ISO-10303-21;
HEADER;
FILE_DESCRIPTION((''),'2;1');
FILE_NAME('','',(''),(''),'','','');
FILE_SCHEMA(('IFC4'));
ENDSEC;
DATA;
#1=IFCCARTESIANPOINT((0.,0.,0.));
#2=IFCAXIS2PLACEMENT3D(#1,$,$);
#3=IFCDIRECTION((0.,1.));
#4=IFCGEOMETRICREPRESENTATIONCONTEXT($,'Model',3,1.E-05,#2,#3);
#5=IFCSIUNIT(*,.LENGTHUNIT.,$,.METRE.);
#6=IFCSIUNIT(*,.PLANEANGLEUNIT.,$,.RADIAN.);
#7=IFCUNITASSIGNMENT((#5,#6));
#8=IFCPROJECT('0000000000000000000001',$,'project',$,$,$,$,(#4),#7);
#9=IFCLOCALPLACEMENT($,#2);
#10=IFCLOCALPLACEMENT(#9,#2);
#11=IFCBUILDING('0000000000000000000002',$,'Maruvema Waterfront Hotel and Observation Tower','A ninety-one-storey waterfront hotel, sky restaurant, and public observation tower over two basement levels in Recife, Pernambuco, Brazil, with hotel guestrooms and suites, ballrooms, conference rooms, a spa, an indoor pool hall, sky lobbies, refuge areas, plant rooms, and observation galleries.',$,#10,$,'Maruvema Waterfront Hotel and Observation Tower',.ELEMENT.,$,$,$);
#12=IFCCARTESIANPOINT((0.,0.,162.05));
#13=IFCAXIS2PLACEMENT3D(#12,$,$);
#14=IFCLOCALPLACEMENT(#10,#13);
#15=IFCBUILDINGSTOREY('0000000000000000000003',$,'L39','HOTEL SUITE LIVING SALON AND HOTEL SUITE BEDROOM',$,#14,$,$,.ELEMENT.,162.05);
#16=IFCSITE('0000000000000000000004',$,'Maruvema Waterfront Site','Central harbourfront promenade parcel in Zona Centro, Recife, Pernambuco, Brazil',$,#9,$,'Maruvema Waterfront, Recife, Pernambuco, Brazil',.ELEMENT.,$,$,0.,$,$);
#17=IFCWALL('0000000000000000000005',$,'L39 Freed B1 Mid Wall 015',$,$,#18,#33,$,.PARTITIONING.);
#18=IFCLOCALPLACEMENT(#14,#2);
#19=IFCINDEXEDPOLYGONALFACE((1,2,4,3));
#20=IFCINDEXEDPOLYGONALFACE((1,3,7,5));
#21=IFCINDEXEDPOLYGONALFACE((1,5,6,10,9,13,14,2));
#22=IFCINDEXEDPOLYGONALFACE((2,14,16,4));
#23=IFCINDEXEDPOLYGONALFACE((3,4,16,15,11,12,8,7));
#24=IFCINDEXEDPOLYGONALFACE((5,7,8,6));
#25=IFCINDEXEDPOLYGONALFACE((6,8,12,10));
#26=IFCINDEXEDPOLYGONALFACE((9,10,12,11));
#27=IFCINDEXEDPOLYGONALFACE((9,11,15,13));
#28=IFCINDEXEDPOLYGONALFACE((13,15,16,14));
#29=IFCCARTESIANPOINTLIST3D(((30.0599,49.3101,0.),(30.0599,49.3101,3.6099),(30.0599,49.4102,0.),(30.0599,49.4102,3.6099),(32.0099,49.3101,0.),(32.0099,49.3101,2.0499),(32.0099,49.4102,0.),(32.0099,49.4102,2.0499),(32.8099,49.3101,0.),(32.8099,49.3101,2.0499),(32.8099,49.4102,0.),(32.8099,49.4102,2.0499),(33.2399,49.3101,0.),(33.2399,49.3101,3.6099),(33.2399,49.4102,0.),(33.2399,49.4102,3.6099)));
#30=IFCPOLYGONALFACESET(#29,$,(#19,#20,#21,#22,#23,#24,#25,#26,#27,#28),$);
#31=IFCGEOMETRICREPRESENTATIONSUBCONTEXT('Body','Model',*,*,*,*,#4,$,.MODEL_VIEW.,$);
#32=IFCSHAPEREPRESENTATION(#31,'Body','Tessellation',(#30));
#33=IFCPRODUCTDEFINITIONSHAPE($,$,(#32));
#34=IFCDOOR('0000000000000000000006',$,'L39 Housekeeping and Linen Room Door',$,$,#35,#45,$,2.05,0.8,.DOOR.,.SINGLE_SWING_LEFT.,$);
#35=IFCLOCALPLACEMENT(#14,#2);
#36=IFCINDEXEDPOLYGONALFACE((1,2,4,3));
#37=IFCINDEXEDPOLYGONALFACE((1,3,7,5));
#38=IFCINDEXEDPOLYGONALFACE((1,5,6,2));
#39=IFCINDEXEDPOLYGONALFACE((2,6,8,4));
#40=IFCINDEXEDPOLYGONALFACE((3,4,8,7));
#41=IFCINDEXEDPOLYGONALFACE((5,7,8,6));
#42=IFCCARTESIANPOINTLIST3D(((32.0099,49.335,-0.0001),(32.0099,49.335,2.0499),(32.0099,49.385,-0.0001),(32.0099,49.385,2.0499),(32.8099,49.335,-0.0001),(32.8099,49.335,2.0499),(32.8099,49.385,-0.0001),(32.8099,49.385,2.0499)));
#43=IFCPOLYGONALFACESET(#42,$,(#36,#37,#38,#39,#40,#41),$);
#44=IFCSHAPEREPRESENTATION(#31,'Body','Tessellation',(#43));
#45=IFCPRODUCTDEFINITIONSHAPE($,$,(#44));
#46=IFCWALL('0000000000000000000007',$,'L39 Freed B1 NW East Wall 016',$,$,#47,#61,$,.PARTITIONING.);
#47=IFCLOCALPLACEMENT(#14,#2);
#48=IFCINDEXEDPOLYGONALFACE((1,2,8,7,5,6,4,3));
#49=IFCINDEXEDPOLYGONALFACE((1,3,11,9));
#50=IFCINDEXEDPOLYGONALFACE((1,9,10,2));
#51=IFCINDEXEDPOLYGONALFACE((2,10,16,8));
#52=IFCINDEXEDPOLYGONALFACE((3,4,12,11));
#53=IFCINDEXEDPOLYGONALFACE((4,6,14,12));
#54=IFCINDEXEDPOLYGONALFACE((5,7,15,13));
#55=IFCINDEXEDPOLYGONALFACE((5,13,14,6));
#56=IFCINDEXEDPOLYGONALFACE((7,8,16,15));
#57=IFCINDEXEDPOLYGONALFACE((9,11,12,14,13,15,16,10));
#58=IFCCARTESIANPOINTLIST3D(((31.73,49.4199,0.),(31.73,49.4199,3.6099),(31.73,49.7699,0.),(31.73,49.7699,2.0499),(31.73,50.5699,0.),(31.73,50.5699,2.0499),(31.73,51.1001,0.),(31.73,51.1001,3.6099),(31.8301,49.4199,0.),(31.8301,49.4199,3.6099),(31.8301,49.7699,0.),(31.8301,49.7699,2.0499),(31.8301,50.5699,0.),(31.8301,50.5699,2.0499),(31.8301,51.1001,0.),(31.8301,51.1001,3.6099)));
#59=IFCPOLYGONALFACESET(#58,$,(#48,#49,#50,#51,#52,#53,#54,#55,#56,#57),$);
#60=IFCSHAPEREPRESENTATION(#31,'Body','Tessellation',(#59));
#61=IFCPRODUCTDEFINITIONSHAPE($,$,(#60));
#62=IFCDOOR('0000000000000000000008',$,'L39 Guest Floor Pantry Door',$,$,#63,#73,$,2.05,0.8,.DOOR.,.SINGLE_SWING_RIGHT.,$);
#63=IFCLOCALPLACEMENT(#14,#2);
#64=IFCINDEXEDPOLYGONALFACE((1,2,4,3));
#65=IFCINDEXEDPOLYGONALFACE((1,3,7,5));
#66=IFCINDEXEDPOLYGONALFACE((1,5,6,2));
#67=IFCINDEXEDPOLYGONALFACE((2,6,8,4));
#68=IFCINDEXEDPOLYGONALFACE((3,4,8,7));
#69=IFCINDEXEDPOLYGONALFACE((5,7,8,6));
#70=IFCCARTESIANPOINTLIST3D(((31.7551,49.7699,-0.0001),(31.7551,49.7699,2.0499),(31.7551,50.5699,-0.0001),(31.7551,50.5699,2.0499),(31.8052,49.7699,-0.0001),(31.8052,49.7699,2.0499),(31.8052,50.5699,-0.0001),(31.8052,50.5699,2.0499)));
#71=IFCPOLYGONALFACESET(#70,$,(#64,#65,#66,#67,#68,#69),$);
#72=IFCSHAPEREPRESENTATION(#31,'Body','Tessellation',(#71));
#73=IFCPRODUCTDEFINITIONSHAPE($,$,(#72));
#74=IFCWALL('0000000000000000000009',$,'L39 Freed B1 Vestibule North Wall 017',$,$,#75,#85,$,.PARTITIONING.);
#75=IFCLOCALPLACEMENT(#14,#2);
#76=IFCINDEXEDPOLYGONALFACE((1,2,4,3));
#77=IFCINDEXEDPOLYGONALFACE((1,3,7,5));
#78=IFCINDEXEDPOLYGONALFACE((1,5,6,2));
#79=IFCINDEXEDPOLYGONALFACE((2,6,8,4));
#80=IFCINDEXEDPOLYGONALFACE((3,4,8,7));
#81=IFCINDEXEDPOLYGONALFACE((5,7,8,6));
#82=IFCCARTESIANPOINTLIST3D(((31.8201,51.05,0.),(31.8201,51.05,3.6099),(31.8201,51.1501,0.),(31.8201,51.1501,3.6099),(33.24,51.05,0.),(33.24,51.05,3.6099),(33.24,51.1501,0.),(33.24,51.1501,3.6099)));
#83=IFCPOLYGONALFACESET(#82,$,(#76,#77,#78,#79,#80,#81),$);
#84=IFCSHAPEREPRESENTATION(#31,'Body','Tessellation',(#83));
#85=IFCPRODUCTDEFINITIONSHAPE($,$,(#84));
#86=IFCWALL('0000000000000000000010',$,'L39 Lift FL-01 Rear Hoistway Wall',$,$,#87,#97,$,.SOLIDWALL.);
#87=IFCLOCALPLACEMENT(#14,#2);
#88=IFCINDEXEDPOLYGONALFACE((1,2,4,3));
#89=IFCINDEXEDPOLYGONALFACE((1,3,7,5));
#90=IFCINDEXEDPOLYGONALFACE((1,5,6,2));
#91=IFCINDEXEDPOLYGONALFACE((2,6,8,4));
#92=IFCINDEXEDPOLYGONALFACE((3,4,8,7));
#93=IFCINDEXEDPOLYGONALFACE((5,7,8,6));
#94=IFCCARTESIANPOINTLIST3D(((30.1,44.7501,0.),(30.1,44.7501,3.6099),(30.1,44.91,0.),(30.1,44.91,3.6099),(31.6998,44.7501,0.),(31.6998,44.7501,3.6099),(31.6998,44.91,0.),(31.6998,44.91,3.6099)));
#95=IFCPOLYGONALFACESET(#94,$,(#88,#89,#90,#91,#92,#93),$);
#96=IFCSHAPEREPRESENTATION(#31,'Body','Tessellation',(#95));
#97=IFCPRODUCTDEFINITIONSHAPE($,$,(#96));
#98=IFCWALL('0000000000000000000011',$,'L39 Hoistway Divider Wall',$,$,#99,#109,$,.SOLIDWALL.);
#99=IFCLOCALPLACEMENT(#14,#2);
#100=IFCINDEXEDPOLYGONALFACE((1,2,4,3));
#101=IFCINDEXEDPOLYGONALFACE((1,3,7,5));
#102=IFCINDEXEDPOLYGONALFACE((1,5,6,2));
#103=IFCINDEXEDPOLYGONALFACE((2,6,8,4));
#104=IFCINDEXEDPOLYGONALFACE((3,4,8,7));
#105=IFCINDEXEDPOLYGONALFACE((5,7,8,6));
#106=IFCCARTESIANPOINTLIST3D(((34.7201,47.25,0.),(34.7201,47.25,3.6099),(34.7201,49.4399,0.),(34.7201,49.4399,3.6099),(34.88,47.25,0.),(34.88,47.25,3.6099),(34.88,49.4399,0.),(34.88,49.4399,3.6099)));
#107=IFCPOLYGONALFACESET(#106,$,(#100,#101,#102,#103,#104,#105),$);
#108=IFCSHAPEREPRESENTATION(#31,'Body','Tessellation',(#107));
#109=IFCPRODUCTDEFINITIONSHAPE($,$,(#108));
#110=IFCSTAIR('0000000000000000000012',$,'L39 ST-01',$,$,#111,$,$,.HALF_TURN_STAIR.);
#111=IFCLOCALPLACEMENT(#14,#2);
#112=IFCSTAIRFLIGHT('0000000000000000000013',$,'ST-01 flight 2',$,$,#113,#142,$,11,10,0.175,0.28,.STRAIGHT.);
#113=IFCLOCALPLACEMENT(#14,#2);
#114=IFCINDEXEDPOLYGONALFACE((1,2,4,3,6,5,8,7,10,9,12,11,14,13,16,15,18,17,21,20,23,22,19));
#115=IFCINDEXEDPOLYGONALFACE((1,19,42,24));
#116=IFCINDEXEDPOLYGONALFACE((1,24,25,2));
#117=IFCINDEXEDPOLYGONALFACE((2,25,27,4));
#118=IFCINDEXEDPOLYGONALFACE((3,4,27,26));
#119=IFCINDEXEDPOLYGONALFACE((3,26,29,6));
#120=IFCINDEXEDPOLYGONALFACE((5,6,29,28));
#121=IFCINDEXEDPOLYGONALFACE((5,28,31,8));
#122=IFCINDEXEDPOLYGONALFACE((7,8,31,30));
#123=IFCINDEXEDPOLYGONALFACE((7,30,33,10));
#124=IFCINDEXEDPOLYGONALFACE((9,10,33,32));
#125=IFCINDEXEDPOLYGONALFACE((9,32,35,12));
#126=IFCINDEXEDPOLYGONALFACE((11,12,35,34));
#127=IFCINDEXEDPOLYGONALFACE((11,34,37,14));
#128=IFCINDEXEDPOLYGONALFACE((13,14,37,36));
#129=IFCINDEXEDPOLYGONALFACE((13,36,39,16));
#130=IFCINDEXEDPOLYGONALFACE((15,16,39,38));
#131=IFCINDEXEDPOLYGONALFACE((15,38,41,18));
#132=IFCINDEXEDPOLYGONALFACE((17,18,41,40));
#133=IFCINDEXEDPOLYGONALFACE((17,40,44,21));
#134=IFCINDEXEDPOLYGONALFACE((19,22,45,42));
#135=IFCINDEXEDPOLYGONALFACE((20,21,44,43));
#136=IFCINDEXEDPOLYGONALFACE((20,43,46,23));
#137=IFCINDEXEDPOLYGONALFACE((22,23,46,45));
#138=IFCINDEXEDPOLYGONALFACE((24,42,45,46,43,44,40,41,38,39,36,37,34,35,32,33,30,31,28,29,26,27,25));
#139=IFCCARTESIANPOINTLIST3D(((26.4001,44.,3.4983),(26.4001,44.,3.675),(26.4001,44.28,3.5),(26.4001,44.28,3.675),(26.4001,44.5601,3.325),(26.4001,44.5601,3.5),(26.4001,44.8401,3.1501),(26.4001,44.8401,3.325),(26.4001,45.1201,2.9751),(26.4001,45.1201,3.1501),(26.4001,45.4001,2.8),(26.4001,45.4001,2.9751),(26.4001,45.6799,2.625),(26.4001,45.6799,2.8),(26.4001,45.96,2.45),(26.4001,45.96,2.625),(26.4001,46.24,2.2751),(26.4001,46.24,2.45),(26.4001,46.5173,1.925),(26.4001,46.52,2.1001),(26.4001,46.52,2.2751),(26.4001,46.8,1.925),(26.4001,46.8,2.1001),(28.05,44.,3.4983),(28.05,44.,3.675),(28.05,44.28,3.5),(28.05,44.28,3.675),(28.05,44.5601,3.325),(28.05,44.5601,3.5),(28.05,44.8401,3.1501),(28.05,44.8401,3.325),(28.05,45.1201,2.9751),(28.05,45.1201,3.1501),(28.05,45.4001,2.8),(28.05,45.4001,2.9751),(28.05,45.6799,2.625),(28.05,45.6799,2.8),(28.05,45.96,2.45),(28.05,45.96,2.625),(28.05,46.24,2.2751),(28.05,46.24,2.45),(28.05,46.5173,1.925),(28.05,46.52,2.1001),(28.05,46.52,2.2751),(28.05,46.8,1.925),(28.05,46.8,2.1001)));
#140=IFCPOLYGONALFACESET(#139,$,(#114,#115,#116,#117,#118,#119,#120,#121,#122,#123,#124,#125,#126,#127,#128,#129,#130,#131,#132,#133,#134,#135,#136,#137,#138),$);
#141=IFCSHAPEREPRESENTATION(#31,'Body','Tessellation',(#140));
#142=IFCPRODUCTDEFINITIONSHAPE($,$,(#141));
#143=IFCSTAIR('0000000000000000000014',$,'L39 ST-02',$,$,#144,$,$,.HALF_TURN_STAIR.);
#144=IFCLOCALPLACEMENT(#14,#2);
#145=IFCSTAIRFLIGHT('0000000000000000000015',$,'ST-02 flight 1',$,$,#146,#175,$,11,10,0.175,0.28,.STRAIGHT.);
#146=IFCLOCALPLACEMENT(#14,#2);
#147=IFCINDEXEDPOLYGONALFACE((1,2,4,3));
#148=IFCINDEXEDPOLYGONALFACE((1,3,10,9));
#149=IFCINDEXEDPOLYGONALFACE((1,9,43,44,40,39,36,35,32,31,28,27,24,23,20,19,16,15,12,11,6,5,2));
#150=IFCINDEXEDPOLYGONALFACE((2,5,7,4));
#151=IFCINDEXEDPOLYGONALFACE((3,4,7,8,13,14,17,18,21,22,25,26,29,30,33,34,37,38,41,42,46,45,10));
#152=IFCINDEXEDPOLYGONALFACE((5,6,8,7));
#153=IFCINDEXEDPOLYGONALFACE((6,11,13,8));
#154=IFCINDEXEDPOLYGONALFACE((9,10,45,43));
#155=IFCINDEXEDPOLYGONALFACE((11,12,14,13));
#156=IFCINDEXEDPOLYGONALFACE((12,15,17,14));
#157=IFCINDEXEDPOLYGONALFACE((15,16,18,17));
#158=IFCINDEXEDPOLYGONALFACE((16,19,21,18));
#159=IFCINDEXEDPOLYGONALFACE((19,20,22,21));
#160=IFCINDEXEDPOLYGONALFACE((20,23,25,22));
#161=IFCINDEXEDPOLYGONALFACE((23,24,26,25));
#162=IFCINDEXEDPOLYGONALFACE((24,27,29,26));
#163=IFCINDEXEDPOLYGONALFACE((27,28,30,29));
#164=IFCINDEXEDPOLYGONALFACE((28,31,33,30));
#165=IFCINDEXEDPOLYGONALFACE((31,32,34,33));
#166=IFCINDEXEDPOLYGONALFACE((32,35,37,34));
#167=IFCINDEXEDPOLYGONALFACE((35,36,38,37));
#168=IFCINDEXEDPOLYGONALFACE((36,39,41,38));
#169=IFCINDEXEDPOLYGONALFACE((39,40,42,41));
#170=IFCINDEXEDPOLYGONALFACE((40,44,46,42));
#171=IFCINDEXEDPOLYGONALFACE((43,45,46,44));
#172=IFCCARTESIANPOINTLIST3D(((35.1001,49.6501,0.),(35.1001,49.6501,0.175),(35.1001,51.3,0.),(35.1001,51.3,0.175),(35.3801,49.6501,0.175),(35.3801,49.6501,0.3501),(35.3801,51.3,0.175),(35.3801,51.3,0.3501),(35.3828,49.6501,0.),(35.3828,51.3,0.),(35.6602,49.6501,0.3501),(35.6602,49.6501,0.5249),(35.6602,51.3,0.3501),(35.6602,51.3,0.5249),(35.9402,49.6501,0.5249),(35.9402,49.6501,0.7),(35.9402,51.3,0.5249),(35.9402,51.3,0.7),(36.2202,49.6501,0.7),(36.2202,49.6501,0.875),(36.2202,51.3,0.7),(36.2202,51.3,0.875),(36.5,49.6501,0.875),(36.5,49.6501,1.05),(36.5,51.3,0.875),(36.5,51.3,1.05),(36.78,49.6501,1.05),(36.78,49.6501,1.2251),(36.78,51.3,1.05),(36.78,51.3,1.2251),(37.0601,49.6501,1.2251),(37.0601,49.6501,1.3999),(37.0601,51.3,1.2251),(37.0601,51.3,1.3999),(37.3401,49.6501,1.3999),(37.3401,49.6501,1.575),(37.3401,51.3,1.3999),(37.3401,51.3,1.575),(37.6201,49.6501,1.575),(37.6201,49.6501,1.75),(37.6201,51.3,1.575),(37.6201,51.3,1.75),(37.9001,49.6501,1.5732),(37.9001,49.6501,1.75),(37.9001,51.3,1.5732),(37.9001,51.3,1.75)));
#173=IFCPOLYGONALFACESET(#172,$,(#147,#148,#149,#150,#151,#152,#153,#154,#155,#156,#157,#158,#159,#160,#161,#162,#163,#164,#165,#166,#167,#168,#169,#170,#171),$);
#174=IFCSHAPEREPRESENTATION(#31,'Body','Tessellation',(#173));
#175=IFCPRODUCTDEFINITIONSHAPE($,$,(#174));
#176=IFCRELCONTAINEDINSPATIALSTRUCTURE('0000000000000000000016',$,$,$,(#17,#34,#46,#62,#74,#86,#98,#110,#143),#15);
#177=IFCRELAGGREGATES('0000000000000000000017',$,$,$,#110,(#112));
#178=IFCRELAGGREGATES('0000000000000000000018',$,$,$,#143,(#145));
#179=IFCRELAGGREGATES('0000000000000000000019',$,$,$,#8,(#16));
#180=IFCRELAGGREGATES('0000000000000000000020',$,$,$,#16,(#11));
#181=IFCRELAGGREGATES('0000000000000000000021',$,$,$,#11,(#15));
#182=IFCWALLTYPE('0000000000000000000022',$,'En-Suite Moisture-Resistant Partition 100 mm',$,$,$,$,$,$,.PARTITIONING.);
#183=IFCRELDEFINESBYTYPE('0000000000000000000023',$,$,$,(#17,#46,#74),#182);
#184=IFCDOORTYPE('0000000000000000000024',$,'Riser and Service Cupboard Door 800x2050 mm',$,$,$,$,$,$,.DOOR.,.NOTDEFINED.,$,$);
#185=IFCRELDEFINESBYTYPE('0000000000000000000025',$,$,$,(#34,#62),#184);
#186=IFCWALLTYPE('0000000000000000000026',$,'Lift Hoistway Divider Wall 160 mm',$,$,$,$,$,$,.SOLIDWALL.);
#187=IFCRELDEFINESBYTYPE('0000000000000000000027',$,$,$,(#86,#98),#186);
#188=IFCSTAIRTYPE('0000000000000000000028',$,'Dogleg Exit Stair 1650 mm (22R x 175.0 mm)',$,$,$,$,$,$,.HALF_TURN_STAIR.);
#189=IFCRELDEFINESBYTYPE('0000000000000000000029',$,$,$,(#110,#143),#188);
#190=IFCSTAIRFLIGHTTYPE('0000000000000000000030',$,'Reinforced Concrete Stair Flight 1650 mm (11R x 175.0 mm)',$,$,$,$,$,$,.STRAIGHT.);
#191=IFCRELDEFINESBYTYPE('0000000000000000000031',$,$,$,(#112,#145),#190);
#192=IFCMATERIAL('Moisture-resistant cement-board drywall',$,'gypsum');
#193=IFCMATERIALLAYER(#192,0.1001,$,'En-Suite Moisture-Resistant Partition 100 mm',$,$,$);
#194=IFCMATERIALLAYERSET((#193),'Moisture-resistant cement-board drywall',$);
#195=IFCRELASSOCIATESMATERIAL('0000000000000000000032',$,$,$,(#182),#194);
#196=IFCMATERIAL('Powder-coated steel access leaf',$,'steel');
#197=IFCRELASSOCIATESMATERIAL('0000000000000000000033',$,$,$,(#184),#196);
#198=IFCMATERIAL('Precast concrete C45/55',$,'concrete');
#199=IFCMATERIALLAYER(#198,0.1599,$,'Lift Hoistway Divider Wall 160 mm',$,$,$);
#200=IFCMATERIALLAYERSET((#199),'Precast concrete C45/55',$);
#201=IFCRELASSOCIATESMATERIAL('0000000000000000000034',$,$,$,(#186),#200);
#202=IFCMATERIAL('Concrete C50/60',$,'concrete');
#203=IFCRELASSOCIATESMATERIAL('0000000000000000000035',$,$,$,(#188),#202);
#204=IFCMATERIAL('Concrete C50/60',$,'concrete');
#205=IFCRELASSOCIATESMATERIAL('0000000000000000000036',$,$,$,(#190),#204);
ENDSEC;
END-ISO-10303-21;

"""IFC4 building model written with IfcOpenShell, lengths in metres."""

from ifc_helpers import new_model, si_unit, direction, frame, frame_2d, origin, place, context, subcontext, project, spatial, polyline, rectangle, outline, extrude, material, layer, layer_set, type_object, element, fill, aggregate, save


model = new_model("IFC4")

# Units and contexts
model_context = context("Model", 3, precision=1e-05, world=origin(), true_north=direction((0.0, 1.0)))
body_context = subcontext(model_context, "Body", "Model", "MODEL_VIEW")
ifc_project = project(units=[si_unit("LENGTHUNIT", "METRE"), si_unit("PLANEANGLEUNIT", "RADIAN")], contexts=[model_context])

# Site, building, storey
site_placement = place(None, origin())
site = spatial("IfcSite", under=ifc_project, at=site_placement, Name="Maruvema Waterfront Site", Description="Central harbourfront promenade parcel in Zona Centro, Recife, Pernambuco, Brazil", LongName="Maruvema Waterfront, Recife, Pernambuco, Brazil", CompositionType="ELEMENT", RefElevation=0.0)
building_placement = place(site_placement, origin())
building = spatial("IfcBuilding", under=site, at=building_placement, Name="Maruvema Waterfront Hotel and Observation Tower", Description="A ninety-one-storey waterfront hotel, sky restaurant, and public observation tower over two basement levels in Recife, Pernambuco, Brazil, with hotel guestrooms and suites, ballrooms, conference rooms, a spa, an indoor pool hall, sky lobbies, refuge areas, plant rooms, and observation galleries.", LongName="Maruvema Waterfront Hotel and Observation Tower", CompositionType="ELEMENT")
storey_placement = place(building_placement, frame((0.0, 0.0, 162.05)))
storey = spatial("IfcBuildingStorey", under=building, at=storey_placement, Name="L39", Description="HOTEL SUITE LIVING SALON AND HOTEL SUITE BEDROOM", CompositionType="ELEMENT", Elevation=162.05)

# Shared definitions
ifc_material_1 = material(Name="Moisture-resistant cement-board drywall", Category="gypsum")
ifc_layer_1 = layer(ifc_material_1, 0.1001, Name="En-Suite Moisture-Resistant Partition 100 mm")
ifc_layer_set_1 = layer_set([ifc_layer_1], Name="Moisture-resistant cement-board drywall")
wall_type_1 = type_object("IfcWallType", Name="En-Suite Moisture-Resistant Partition 100 mm", PredefinedType="PARTITIONING", material=ifc_layer_set_1)

# Shared definitions
ifc_material_2 = material(Name="Powder-coated steel access leaf", Category="steel")
door_type_1 = type_object("IfcDoorType", Name="Riser and Service Cupboard Door 800x2050 mm", OperationType="NOTDEFINED", PredefinedType="DOOR", material=ifc_material_2)

# Walls, openings, doors
wall_1_placement = place(storey_placement, frame((30.0601, 49.3601, 0.0), z_axis=(0.0, 0.0, 1.0), x_axis=(1.0, 0.0, 0.0)))
wall_1 = element("IfcWall", 1, at=wall_1_placement, inside=storey, type_object=wall_type_1, Name="L39 Freed B1 Mid Wall 015", PredefinedType="PARTITIONING", context=body_context, shape_type="SweptSolid", body=[
    extrude(rectangle(XDim=3.1799, YDim=0.1001, at=frame_2d((1.5898, 0.0))), origin(), (0.0, 0.0, 1.0), 3.6099),
])
opening_1_placement = place(wall_1_placement, frame((1.95, 0.0, 0.0)))
opening_1 = element("IfcOpeningElement", 2, at=opening_1_placement, cuts=wall_1, PredefinedType="OPENING", context=body_context, shape_type="SweptSolid", body=[
    extrude(rectangle(XDim=0.8, YDim=2.05, at=frame_2d((0.3999, 1.0249))), frame((0.0, 0.0601, 0.0), z_axis=(0.0, -1.0, 0.0), x_axis=(1.0, 0.0, 0.0)), (0.0, 0.0, 1.0), 0.1201),
])
door_1_placement = place(opening_1_placement, origin())
door_1 = element("IfcDoor", 3, at=door_1_placement, inside=storey, type_object=door_type_1, Name="L39 Housekeeping and Linen Room Door", OperationType="SINGLE_SWING_LEFT", OverallHeight=2.05, OverallWidth=0.8, PredefinedType="DOOR", context=body_context, shape_type="SweptSolid", body=[
    extrude(rectangle(XDim=0.8, YDim=2.05, at=frame_2d((0.3999, 1.0249))), frame((0.0, 0.0249, 0.0), z_axis=(0.0, -1.0, 0.0), x_axis=(1.0, 0.0, 0.0)), (0.0, 0.0, 1.0), 0.05),
])
fill(opening_1, door_1)
wall_2_placement = place(storey_placement, frame((31.78, 49.4199, 0.0), z_axis=(0.0, 0.0, 1.0), x_axis=(0.0, 1.0, 0.0)))
wall_2 = element("IfcWall", 4, at=wall_2_placement, inside=storey, type_object=wall_type_1, Name="L39 Freed B1 NW East Wall 016", PredefinedType="PARTITIONING", context=body_context, shape_type="SweptSolid", body=[
    extrude(rectangle(XDim=1.6802, YDim=0.1001, at=frame_2d((0.8401, 0.0))), origin(), (0.0, 0.0, 1.0), 3.6099),
])
opening_2_placement = place(wall_2_placement, frame((0.3501, 0.0, 0.0)))
opening_2 = element("IfcOpeningElement", 5, at=opening_2_placement, cuts=wall_2, PredefinedType="OPENING", context=body_context, shape_type="SweptSolid", body=[
    extrude(rectangle(XDim=0.8, YDim=2.05, at=frame_2d((0.3999, 1.0249))), frame((0.0, 0.0601, 0.0), z_axis=(0.0, -1.0, 0.0), x_axis=(1.0, 0.0, 0.0)), (0.0, 0.0, 1.0), 0.1201),
])
door_2_placement = place(opening_2_placement, origin())
door_2 = element("IfcDoor", 6, at=door_2_placement, inside=storey, type_object=door_type_1, Name="L39 Guest Floor Pantry Door", OperationType="SINGLE_SWING_RIGHT", OverallHeight=2.05, OverallWidth=0.8, PredefinedType="DOOR", context=body_context, shape_type="SweptSolid", body=[
    extrude(rectangle(XDim=0.8, YDim=2.05, at=frame_2d((0.3999, 1.0249))), frame((0.0, 0.0249, 0.0), z_axis=(0.0, -1.0, 0.0), x_axis=(1.0, 0.0, 0.0)), (0.0, 0.0, 1.0), 0.05),
])
fill(opening_2, door_2)

# Walls
wall_3_placement = place(storey_placement, frame((31.8201, 51.1001, 0.0), z_axis=(0.0, 0.0, 1.0), x_axis=(1.0, 0.0, 0.0)))
element("IfcWall", 7, at=wall_3_placement, inside=storey, type_object=wall_type_1, Name="L39 Freed B1 Vestibule North Wall 017", PredefinedType="PARTITIONING", context=body_context, shape_type="SweptSolid", body=[
    extrude(rectangle(XDim=1.4199, YDim=0.1001, at=frame_2d((0.71, 0.0))), origin(), (0.0, 0.0, 1.0), 3.6099),
])
ifc_material_3 = material(Name="Precast concrete C45/55", Category="concrete")
ifc_layer_2 = layer(ifc_material_3, 0.1599, Name="Lift Hoistway Divider Wall 160 mm")
ifc_layer_set_2 = layer_set([ifc_layer_2], Name="Precast concrete C45/55")
wall_type_2 = type_object("IfcWallType", Name="Lift Hoistway Divider Wall 160 mm", PredefinedType="SOLIDWALL", material=ifc_layer_set_2)
wall_4_placement = place(storey_placement, frame((30.1001, 44.8301, 0.0), z_axis=(0.0, 0.0, 1.0), x_axis=(1.0, 0.0, 0.0)))
element("IfcWall", 8, at=wall_4_placement, inside=storey, type_object=wall_type_2, Name="L39 Lift FL-01 Rear Hoistway Wall", PredefinedType="SOLIDWALL", context=body_context, shape_type="SweptSolid", body=[
    extrude(rectangle(XDim=1.5999, YDim=0.1599, at=frame_2d((0.7998, 0.0))), origin(), (0.0, 0.0, 1.0), 3.6099),
])
wall_5_placement = place(storey_placement, frame((34.8, 47.25, 0.0), z_axis=(0.0, 0.0, 1.0), x_axis=(0.0, 1.0, 0.0)))
element("IfcWall", 9, at=wall_5_placement, inside=storey, type_object=wall_type_2, Name="L39 Hoistway Divider Wall", PredefinedType="SOLIDWALL", context=body_context, shape_type="SweptSolid", body=[
    extrude(rectangle(XDim=2.1899, YDim=0.1599, at=frame_2d((1.095, 0.0))), origin(), (0.0, 0.0, 1.0), 3.6099),
])

# Stairs, stair flights
ifc_material_4 = material(Name="Concrete C50/60", Category="concrete")
stair_type = type_object("IfcStairType", Name="Dogleg Exit Stair 1650 mm (22R x 175.0 mm)", PredefinedType="HALF_TURN_STAIR", material=ifc_material_4)
stair_1_placement = place(storey_placement, origin())
stair_1 = element("IfcStair", 10, at=stair_1_placement, inside=storey, type_object=stair_type, Name="L39 ST-01", PredefinedType="HALF_TURN_STAIR")
ifc_material_5 = material(Name="Concrete C50/60", Category="concrete")
stair_flight_type = type_object("IfcStairFlightType", Name="Reinforced Concrete Stair Flight 1650 mm (11R x 175.0 mm)", PredefinedType="STRAIGHT", material=ifc_material_5)
stair_flight_1_placement = place(storey_placement, frame((27.2251, 46.8, 1.925), z_axis=(0.0, 0.0, 1.0), x_axis=(0.0, -1.0, 0.0)))
stair_flight_1 = element("IfcStairFlight", 11, at=stair_flight_1_placement, type_object=stair_flight_type, Name="ST-01 flight 2", NumberOfRisers=11, NumberOfTreads=10, PredefinedType="STRAIGHT", RiserHeight=0.175, TreadLength=0.28, context=body_context, shape_type="SweptSolid", body=[
    extrude(outline(polyline([(0.0, 0.0), (0.0, 0.175), (0.28, 0.175), (0.28, 0.3501), (0.5601, 0.3501), (0.5601, 0.5249), (0.8401, 0.5249), (0.8401, 0.7), (1.1201, 0.7), (1.1201, 0.875), (1.3999, 0.875), (1.3999, 1.05), (1.6799, 1.05), (1.6799, 1.2251), (1.96, 1.2251), (1.96, 1.3999), (2.24, 1.3999), (2.24, 1.575), (2.52, 1.575), (2.52, 1.75), (2.8, 1.75), (2.8, 1.925), (2.8, 1.5732), (0.2827, 0.0), (0.0, 0.0)])), frame((0.0, 0.825, 0.0), z_axis=(0.0, -1.0, 0.0), x_axis=(1.0, 0.0, 0.0)), (0.0, 0.0, 1.0), 1.6499),
])
aggregate(stair_1, [stair_flight_1])
stair_2_placement = place(storey_placement, origin())
stair_2 = element("IfcStair", 12, at=stair_2_placement, inside=storey, type_object=stair_type, Name="L39 ST-02", PredefinedType="HALF_TURN_STAIR")
stair_flight_2_placement = place(storey_placement, frame((35.1001, 50.4751, 0.0), z_axis=(0.0, 0.0, 1.0), x_axis=(1.0, 0.0, 0.0)))
stair_flight_2 = element("IfcStairFlight", 13, at=stair_flight_2_placement, type_object=stair_flight_type, Name="ST-02 flight 1", NumberOfRisers=11, NumberOfTreads=10, PredefinedType="STRAIGHT", RiserHeight=0.175, TreadLength=0.28, context=body_context, shape_type="SweptSolid", body=[
    extrude(outline(polyline([(0.0, 0.0), (0.0, 0.175), (0.28, 0.175), (0.28, 0.3501), (0.5601, 0.3501), (0.5601, 0.5249), (0.8401, 0.5249), (0.8401, 0.7), (1.1201, 0.7), (1.1201, 0.875), (1.3999, 0.875), (1.3999, 1.05), (1.6799, 1.05), (1.6799, 1.2251), (1.96, 1.2251), (1.96, 1.3999), (2.24, 1.3999), (2.24, 1.575), (2.52, 1.575), (2.52, 1.75), (2.8, 1.75), (2.8, 1.925), (2.8, 1.5732), (0.2827, 0.0), (0.0, 0.0)])), frame((0.0, 0.825, 0.0), z_axis=(0.0, -1.0, 0.0), x_axis=(1.0, 0.0, 0.0)), (0.0, 0.0, 1.0), 1.6499),
])
aggregate(stair_2, [stair_flight_2])

save(model, "model.ifc")
